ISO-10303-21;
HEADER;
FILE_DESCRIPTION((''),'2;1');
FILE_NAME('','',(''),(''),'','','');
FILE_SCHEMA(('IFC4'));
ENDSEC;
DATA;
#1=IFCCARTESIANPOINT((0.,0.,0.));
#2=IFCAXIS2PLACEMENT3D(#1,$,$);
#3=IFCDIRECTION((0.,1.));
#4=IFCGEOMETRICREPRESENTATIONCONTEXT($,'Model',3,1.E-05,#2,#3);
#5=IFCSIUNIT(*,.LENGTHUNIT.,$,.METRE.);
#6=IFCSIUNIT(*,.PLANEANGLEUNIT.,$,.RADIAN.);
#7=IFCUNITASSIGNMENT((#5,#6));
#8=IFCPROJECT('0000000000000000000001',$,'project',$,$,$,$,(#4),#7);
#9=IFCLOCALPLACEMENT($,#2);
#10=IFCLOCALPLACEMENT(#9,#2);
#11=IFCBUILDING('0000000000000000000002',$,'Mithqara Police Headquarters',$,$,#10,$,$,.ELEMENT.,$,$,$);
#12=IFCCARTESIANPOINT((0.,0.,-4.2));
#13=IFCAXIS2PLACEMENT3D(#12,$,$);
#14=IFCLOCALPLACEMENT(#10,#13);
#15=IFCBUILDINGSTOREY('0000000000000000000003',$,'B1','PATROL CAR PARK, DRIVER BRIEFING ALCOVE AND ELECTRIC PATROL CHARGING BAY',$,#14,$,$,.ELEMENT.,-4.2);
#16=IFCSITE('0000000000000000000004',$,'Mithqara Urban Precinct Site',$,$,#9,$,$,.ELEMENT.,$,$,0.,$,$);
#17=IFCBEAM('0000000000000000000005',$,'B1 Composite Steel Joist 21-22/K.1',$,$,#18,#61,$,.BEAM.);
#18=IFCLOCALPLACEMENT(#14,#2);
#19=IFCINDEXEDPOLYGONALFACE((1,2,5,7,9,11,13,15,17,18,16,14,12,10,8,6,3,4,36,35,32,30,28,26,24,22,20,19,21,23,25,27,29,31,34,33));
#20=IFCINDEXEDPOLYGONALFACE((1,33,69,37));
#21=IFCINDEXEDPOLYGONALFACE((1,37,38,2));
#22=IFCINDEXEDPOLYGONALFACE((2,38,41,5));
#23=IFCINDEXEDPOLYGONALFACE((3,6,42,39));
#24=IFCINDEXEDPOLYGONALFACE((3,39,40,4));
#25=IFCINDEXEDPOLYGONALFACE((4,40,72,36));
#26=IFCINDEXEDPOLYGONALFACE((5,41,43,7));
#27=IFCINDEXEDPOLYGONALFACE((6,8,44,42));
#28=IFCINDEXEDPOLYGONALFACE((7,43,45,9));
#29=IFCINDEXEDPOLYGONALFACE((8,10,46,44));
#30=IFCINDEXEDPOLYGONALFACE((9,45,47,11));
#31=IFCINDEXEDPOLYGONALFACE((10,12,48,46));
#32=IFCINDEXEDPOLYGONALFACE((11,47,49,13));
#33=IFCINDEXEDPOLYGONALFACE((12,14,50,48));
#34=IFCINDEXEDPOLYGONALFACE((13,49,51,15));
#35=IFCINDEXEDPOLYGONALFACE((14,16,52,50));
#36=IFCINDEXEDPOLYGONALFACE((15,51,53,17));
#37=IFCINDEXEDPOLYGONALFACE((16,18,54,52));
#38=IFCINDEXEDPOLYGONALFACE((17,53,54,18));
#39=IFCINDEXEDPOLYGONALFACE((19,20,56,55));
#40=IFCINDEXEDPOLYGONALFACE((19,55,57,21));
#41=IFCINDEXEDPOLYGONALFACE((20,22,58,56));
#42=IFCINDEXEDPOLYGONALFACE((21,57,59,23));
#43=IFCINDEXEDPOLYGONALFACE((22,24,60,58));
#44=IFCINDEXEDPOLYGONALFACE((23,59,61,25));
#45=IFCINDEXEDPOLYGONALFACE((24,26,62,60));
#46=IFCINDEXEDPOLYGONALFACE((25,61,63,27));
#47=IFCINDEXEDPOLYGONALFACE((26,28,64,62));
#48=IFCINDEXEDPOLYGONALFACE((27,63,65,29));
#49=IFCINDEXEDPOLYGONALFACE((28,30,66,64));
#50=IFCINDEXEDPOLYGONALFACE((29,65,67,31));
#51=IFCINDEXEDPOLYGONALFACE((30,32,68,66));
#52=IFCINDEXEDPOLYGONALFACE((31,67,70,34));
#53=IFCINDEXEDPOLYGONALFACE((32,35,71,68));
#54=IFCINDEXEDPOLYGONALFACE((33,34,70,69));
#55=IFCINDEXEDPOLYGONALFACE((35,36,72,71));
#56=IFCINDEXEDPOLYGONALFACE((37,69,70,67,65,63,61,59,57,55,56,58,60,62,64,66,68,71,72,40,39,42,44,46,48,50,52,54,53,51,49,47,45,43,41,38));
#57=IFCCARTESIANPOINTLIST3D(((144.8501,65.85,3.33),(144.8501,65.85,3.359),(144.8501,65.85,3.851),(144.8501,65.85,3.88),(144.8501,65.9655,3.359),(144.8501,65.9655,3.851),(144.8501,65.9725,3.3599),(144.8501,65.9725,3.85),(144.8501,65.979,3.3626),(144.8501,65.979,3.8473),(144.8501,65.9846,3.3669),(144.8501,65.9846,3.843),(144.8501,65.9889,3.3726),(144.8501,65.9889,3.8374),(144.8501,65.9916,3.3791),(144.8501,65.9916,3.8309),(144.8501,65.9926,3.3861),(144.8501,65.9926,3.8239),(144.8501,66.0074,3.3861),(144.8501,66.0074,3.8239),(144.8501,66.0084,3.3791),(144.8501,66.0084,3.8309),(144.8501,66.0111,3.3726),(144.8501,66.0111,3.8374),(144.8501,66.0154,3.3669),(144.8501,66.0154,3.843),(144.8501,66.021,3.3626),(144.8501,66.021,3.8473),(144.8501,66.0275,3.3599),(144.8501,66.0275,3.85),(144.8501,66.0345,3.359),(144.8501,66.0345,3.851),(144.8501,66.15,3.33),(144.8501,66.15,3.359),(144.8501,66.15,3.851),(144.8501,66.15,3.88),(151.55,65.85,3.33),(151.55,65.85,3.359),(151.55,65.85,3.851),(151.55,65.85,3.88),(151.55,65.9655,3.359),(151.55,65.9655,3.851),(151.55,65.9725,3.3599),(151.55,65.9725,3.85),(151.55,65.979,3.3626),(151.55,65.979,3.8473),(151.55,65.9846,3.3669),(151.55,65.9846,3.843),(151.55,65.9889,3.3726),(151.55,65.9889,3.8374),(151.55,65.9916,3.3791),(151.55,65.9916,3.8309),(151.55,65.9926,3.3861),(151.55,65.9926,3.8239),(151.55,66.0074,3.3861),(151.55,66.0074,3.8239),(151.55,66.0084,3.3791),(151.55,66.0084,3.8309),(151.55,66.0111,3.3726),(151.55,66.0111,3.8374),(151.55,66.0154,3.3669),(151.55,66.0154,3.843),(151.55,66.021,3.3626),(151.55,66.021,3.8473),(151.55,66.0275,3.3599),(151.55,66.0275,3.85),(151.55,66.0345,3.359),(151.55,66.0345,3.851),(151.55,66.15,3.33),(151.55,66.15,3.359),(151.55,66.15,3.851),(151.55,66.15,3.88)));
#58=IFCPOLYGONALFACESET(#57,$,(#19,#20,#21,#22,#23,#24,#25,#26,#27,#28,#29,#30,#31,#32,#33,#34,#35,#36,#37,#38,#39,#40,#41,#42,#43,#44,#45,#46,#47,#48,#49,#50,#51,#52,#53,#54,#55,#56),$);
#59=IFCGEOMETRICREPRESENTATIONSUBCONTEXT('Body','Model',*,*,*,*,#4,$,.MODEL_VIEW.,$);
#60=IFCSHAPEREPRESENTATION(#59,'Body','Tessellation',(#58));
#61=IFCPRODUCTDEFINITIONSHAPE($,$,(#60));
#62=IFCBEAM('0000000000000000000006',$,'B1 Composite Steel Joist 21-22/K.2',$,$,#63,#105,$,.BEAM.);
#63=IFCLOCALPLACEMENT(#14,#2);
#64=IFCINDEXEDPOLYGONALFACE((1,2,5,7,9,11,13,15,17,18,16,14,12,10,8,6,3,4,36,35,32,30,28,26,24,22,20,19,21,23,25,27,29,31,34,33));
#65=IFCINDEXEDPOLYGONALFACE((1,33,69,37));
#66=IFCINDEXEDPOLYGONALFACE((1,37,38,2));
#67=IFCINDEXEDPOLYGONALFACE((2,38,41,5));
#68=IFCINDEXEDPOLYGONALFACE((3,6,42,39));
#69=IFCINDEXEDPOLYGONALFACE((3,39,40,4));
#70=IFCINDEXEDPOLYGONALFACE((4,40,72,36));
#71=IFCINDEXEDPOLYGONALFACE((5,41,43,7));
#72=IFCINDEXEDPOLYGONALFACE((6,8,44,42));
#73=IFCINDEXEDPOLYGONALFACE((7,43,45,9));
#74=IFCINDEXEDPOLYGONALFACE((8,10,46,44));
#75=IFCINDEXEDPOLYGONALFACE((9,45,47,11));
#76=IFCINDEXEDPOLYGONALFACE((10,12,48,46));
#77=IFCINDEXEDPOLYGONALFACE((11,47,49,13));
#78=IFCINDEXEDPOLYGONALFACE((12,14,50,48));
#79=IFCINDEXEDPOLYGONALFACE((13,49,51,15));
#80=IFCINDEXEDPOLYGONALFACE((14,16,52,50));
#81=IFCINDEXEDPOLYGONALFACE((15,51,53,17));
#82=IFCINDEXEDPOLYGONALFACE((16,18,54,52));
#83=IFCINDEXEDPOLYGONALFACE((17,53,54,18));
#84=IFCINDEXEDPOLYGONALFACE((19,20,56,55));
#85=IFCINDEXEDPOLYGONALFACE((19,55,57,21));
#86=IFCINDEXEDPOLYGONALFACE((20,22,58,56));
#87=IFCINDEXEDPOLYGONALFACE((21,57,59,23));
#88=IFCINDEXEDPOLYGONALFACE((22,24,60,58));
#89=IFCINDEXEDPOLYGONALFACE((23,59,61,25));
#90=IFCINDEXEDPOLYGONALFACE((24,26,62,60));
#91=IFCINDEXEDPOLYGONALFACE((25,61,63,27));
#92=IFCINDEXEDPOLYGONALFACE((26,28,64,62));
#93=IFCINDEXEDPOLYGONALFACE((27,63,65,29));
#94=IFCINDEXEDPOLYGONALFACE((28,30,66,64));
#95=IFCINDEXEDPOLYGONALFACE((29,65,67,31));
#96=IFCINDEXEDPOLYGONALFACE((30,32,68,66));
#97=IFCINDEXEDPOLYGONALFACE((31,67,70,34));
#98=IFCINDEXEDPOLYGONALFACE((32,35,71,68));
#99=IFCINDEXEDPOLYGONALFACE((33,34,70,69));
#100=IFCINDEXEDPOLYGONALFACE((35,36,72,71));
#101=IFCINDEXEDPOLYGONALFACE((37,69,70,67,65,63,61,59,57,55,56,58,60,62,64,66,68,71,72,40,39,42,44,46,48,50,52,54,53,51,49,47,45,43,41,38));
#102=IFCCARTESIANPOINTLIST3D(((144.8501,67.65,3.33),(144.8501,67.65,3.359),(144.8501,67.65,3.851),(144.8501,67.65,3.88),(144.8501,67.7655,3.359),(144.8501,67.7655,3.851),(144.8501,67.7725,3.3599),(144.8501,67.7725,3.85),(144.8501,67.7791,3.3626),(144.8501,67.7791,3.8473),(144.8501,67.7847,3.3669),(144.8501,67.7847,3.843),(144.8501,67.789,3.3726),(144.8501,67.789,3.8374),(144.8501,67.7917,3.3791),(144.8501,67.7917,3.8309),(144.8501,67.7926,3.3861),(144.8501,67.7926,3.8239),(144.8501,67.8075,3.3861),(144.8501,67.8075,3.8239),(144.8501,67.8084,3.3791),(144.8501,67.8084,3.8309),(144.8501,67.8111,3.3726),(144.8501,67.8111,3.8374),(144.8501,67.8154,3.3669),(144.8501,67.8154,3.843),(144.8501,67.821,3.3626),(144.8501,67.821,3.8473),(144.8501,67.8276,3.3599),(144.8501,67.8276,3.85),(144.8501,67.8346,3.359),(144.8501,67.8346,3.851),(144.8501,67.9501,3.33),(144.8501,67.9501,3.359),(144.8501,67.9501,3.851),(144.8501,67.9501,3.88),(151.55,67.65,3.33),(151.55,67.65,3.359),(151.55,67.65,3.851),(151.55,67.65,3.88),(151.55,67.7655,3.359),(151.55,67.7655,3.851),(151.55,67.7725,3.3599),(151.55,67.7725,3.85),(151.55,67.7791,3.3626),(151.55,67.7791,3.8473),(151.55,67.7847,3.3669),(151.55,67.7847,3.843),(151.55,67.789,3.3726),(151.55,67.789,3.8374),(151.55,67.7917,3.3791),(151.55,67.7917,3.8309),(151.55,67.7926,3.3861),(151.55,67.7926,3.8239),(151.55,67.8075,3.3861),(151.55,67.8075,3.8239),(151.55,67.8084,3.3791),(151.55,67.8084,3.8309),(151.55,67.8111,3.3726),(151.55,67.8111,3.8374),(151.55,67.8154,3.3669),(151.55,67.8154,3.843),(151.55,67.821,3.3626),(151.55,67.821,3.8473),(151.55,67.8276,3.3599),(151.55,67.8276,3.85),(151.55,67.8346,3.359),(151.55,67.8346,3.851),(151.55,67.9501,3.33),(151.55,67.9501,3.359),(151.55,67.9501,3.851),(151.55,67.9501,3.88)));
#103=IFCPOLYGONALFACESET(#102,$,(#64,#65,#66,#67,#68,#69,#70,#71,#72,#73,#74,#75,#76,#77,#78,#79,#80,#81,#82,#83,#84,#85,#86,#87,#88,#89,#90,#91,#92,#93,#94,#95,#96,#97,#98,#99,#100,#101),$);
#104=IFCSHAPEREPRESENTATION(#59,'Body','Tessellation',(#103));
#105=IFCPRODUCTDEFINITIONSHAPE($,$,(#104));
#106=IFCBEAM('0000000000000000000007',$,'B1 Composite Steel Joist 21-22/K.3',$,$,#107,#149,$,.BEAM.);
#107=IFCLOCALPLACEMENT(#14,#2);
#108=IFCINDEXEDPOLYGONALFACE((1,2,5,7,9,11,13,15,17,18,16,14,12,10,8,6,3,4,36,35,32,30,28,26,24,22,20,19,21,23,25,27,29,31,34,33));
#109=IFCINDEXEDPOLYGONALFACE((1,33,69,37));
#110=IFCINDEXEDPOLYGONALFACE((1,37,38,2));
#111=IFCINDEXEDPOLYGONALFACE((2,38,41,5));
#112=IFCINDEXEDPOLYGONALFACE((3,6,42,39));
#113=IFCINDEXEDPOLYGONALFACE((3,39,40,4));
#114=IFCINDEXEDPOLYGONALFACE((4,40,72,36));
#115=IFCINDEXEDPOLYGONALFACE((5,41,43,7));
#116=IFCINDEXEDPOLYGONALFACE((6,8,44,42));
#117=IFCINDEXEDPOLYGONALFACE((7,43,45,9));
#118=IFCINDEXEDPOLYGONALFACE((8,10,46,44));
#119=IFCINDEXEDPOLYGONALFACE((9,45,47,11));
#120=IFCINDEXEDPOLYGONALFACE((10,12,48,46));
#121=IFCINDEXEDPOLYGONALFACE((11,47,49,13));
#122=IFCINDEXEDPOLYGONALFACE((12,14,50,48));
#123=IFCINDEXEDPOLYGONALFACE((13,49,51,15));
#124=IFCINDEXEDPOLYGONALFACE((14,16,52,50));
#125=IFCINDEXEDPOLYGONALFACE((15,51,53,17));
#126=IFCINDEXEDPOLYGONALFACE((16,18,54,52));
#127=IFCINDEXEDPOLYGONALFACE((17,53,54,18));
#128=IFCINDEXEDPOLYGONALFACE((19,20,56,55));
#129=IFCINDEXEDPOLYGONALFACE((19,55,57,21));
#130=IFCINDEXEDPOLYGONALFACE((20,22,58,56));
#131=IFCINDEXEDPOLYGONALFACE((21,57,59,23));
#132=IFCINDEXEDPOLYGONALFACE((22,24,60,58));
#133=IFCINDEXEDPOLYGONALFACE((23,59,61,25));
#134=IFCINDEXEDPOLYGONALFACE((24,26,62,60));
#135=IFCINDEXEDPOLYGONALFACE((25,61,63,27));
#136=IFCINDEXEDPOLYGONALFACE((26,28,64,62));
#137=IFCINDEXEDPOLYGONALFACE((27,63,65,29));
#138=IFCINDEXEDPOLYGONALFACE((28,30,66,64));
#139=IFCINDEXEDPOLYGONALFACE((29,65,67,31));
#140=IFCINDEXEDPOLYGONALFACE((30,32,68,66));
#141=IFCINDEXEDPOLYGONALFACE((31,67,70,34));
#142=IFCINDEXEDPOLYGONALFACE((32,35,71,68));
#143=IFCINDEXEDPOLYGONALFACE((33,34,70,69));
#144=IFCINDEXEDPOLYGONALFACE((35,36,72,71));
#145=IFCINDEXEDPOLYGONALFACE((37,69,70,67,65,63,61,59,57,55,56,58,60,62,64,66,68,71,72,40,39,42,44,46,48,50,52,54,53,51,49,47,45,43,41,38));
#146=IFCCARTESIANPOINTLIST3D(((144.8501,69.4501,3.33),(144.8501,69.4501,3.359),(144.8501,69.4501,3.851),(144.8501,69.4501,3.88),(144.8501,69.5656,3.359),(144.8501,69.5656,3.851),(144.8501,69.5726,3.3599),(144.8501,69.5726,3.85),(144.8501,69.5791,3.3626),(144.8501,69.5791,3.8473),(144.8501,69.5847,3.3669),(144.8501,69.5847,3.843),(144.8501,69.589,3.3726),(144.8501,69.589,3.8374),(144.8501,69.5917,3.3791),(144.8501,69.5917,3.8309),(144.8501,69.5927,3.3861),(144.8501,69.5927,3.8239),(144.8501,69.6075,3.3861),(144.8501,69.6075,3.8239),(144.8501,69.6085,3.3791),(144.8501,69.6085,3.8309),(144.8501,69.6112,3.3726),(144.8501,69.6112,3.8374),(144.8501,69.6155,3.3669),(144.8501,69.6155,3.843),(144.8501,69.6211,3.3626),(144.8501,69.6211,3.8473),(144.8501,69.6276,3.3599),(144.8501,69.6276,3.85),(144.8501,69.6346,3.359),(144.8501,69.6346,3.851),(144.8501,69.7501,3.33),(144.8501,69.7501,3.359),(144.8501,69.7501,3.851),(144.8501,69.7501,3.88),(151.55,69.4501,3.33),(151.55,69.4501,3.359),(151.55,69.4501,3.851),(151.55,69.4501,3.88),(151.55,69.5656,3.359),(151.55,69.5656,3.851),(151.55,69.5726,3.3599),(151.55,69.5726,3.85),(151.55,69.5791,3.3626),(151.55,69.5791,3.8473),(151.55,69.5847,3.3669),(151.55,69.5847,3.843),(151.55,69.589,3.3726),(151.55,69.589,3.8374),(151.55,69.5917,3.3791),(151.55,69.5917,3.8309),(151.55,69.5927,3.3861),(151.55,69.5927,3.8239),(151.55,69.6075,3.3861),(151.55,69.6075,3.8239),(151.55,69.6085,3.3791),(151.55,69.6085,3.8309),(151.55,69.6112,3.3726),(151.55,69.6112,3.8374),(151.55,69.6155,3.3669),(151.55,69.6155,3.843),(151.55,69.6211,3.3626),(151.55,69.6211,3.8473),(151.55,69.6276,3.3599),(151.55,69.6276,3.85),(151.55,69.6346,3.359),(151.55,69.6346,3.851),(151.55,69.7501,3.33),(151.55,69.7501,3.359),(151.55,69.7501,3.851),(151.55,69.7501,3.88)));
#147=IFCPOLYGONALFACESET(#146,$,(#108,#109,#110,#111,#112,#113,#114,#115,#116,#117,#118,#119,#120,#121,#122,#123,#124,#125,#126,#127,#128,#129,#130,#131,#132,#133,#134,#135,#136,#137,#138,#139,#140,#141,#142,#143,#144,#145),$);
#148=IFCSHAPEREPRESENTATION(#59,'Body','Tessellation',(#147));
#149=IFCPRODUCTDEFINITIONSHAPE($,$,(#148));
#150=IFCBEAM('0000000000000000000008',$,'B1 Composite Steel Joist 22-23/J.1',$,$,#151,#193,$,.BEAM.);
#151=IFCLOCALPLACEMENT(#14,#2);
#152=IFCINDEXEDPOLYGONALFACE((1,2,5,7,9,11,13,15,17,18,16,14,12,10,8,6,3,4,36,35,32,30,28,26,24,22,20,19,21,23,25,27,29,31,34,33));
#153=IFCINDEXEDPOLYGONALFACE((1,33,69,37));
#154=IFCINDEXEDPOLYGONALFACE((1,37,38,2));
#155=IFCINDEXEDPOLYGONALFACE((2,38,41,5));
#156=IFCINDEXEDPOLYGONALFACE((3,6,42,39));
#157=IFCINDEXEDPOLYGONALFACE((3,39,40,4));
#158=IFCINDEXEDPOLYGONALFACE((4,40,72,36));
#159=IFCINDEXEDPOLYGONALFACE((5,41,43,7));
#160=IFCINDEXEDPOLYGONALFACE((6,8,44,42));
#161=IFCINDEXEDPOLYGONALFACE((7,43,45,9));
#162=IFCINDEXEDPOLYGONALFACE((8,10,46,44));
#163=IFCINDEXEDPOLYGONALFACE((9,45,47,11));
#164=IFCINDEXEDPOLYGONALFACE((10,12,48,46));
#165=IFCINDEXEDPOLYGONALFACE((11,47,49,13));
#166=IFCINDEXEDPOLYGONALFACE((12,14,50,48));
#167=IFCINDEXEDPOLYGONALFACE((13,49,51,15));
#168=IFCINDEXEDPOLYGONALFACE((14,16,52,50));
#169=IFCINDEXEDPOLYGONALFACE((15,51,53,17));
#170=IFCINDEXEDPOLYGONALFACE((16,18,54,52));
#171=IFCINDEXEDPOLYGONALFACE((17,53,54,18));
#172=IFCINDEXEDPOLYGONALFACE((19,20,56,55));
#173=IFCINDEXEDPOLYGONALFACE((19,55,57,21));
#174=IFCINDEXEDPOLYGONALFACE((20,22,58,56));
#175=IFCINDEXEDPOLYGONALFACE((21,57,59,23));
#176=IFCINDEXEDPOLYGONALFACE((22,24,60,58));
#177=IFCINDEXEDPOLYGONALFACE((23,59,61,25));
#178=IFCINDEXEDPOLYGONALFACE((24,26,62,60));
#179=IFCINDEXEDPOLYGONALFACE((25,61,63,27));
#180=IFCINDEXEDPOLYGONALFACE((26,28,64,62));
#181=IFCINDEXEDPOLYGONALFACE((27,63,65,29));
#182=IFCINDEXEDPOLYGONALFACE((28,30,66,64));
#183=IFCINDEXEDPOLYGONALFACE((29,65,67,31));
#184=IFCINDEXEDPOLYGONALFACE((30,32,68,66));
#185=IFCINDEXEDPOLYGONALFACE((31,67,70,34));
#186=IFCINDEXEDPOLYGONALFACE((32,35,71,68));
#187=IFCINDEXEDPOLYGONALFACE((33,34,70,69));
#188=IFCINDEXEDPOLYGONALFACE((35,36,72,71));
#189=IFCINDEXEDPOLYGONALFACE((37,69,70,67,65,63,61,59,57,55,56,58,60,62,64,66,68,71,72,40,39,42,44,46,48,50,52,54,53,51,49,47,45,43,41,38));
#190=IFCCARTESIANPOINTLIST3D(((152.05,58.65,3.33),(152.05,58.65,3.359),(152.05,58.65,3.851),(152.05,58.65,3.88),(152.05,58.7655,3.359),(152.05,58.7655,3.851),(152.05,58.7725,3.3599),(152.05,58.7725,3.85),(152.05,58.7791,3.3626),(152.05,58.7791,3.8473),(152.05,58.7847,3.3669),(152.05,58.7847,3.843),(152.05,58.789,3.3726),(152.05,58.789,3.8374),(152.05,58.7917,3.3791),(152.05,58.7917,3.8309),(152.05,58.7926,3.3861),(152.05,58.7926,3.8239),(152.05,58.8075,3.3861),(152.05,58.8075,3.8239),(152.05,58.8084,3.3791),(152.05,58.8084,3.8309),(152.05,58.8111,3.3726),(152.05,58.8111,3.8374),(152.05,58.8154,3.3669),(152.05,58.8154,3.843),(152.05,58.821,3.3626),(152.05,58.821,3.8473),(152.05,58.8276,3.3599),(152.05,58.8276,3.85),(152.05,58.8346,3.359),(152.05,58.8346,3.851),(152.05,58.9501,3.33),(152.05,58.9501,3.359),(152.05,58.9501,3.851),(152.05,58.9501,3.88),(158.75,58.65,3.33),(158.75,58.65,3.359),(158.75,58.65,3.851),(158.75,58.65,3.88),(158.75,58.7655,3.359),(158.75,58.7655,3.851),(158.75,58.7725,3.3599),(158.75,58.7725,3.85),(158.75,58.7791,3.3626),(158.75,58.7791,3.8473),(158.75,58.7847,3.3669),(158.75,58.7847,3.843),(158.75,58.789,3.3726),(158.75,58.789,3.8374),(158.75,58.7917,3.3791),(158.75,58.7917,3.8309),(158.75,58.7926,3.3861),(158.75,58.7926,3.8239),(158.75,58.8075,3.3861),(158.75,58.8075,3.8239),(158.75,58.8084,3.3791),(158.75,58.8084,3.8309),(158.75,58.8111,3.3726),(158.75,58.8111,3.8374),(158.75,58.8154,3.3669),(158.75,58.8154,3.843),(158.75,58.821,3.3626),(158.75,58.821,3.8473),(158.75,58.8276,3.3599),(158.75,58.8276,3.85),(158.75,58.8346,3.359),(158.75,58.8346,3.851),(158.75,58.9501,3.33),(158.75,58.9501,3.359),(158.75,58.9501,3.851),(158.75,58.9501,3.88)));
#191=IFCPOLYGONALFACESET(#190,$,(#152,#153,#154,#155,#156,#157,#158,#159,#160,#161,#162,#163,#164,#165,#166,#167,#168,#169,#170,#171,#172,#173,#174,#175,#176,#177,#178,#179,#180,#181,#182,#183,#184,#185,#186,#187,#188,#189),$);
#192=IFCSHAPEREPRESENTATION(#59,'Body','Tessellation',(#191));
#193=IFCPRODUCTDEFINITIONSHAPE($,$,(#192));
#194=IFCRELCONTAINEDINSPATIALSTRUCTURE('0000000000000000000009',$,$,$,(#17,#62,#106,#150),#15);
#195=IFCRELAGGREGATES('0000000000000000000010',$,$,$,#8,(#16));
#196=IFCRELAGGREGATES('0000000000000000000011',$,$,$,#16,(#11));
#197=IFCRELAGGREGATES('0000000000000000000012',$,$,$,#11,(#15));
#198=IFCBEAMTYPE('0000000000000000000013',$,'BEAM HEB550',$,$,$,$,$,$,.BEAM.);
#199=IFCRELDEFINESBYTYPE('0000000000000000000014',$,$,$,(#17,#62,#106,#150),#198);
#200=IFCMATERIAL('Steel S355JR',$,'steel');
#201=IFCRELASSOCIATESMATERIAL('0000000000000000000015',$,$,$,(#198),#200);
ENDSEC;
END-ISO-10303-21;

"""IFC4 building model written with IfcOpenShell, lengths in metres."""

from ifc_helpers import new_model, si_unit, direction, frame, origin, origin_2d, place, context, subcontext, project, spatial, i_section, extrude, material, material_profile, profile_set, type_object, element, save


model = new_model("IFC4")

# Units and contexts
model_context = context("Model", 3, precision=1e-05, world=origin(), true_north=direction((0.0, 1.0)))
body_context = subcontext(model_context, "Body", "Model", "MODEL_VIEW")
ifc_project = project(units=[si_unit("LENGTHUNIT", "METRE"), si_unit("PLANEANGLEUNIT", "RADIAN")], contexts=[model_context])

# Site, building, storey
site_placement = place(None, origin())
site = spatial("IfcSite", under=ifc_project, at=site_placement, Name="Mithqara Urban Precinct Site", CompositionType="ELEMENT", RefElevation=0.0)
building_placement = place(site_placement, origin())
building = spatial("IfcBuilding", under=site, at=building_placement, Name="Mithqara Police Headquarters", CompositionType="ELEMENT")
storey_placement = place(building_placement, frame((0.0, 0.0, -4.2)))
storey = spatial("IfcBuildingStorey", under=building, at=storey_placement, Name="B1", Description="PATROL CAR PARK, DRIVER BRIEFING ALCOVE AND ELECTRIC PATROL CHARGING BAY", CompositionType="ELEMENT", Elevation=-4.2)

# Beams
ifc_material_1 = material(Name="Steel S355JR", Category="steel")
ifc_material_profile_1 = material_profile(ifc_material_1, i_section(OverallWidth=0.3, OverallDepth=0.55, WebThickness=0.0149, FlangeThickness=0.0291, FilletRadius=0.0271, at=origin_2d()), Name="HEB 550")
ifc_profile_set_1 = profile_set([ifc_material_profile_1], Name="Steel S355JR")
beam_type_1 = type_object("IfcBeamType", Name="BEAM HEB550", PredefinedType="BEAM", material=ifc_profile_set_1)
for number, where, z_axis, x_axis, name in (
    (1, (144.8501, 66.0, 3.605), (1.0, 0.0, 0.0), (0.0, 1.0, 0.0), "B1 Composite Steel Joist 21-22/K.1"),
    (2, (144.8501, 67.8, 3.605), (1.0, 0.0, 0.0), (0.0, 1.0, 0.0), "B1 Composite Steel Joist 21-22/K.2"),
    (3, (144.8501, 69.6001, 3.605), (1.0, 0.0, 0.0), (0.0, 1.0, 0.0), "B1 Composite Steel Joist 21-22/K.3"),
    (4, (152.05, 58.8, 3.605), (1.0, 0.0, 0.0), (0.0, 1.0, 0.0), "B1 Composite Steel Joist 22-23/J.1"),
):
    element("IfcBeam", number, at=place(storey_placement, frame(where, z_axis=z_axis, x_axis=x_axis)), inside=storey, type_object=beam_type_1, Name=name, PredefinedType="BEAM", context=body_context, shape_type="SweptSolid", body=[
        extrude(i_section(OverallWidth=0.3, OverallDepth=0.55, WebThickness=0.0149, FlangeThickness=0.0291, FilletRadius=0.0271, at=origin_2d()), origin(), (0.0, 0.0, 1.0), 6.7),
    ])

save(model, "model.ifc")
